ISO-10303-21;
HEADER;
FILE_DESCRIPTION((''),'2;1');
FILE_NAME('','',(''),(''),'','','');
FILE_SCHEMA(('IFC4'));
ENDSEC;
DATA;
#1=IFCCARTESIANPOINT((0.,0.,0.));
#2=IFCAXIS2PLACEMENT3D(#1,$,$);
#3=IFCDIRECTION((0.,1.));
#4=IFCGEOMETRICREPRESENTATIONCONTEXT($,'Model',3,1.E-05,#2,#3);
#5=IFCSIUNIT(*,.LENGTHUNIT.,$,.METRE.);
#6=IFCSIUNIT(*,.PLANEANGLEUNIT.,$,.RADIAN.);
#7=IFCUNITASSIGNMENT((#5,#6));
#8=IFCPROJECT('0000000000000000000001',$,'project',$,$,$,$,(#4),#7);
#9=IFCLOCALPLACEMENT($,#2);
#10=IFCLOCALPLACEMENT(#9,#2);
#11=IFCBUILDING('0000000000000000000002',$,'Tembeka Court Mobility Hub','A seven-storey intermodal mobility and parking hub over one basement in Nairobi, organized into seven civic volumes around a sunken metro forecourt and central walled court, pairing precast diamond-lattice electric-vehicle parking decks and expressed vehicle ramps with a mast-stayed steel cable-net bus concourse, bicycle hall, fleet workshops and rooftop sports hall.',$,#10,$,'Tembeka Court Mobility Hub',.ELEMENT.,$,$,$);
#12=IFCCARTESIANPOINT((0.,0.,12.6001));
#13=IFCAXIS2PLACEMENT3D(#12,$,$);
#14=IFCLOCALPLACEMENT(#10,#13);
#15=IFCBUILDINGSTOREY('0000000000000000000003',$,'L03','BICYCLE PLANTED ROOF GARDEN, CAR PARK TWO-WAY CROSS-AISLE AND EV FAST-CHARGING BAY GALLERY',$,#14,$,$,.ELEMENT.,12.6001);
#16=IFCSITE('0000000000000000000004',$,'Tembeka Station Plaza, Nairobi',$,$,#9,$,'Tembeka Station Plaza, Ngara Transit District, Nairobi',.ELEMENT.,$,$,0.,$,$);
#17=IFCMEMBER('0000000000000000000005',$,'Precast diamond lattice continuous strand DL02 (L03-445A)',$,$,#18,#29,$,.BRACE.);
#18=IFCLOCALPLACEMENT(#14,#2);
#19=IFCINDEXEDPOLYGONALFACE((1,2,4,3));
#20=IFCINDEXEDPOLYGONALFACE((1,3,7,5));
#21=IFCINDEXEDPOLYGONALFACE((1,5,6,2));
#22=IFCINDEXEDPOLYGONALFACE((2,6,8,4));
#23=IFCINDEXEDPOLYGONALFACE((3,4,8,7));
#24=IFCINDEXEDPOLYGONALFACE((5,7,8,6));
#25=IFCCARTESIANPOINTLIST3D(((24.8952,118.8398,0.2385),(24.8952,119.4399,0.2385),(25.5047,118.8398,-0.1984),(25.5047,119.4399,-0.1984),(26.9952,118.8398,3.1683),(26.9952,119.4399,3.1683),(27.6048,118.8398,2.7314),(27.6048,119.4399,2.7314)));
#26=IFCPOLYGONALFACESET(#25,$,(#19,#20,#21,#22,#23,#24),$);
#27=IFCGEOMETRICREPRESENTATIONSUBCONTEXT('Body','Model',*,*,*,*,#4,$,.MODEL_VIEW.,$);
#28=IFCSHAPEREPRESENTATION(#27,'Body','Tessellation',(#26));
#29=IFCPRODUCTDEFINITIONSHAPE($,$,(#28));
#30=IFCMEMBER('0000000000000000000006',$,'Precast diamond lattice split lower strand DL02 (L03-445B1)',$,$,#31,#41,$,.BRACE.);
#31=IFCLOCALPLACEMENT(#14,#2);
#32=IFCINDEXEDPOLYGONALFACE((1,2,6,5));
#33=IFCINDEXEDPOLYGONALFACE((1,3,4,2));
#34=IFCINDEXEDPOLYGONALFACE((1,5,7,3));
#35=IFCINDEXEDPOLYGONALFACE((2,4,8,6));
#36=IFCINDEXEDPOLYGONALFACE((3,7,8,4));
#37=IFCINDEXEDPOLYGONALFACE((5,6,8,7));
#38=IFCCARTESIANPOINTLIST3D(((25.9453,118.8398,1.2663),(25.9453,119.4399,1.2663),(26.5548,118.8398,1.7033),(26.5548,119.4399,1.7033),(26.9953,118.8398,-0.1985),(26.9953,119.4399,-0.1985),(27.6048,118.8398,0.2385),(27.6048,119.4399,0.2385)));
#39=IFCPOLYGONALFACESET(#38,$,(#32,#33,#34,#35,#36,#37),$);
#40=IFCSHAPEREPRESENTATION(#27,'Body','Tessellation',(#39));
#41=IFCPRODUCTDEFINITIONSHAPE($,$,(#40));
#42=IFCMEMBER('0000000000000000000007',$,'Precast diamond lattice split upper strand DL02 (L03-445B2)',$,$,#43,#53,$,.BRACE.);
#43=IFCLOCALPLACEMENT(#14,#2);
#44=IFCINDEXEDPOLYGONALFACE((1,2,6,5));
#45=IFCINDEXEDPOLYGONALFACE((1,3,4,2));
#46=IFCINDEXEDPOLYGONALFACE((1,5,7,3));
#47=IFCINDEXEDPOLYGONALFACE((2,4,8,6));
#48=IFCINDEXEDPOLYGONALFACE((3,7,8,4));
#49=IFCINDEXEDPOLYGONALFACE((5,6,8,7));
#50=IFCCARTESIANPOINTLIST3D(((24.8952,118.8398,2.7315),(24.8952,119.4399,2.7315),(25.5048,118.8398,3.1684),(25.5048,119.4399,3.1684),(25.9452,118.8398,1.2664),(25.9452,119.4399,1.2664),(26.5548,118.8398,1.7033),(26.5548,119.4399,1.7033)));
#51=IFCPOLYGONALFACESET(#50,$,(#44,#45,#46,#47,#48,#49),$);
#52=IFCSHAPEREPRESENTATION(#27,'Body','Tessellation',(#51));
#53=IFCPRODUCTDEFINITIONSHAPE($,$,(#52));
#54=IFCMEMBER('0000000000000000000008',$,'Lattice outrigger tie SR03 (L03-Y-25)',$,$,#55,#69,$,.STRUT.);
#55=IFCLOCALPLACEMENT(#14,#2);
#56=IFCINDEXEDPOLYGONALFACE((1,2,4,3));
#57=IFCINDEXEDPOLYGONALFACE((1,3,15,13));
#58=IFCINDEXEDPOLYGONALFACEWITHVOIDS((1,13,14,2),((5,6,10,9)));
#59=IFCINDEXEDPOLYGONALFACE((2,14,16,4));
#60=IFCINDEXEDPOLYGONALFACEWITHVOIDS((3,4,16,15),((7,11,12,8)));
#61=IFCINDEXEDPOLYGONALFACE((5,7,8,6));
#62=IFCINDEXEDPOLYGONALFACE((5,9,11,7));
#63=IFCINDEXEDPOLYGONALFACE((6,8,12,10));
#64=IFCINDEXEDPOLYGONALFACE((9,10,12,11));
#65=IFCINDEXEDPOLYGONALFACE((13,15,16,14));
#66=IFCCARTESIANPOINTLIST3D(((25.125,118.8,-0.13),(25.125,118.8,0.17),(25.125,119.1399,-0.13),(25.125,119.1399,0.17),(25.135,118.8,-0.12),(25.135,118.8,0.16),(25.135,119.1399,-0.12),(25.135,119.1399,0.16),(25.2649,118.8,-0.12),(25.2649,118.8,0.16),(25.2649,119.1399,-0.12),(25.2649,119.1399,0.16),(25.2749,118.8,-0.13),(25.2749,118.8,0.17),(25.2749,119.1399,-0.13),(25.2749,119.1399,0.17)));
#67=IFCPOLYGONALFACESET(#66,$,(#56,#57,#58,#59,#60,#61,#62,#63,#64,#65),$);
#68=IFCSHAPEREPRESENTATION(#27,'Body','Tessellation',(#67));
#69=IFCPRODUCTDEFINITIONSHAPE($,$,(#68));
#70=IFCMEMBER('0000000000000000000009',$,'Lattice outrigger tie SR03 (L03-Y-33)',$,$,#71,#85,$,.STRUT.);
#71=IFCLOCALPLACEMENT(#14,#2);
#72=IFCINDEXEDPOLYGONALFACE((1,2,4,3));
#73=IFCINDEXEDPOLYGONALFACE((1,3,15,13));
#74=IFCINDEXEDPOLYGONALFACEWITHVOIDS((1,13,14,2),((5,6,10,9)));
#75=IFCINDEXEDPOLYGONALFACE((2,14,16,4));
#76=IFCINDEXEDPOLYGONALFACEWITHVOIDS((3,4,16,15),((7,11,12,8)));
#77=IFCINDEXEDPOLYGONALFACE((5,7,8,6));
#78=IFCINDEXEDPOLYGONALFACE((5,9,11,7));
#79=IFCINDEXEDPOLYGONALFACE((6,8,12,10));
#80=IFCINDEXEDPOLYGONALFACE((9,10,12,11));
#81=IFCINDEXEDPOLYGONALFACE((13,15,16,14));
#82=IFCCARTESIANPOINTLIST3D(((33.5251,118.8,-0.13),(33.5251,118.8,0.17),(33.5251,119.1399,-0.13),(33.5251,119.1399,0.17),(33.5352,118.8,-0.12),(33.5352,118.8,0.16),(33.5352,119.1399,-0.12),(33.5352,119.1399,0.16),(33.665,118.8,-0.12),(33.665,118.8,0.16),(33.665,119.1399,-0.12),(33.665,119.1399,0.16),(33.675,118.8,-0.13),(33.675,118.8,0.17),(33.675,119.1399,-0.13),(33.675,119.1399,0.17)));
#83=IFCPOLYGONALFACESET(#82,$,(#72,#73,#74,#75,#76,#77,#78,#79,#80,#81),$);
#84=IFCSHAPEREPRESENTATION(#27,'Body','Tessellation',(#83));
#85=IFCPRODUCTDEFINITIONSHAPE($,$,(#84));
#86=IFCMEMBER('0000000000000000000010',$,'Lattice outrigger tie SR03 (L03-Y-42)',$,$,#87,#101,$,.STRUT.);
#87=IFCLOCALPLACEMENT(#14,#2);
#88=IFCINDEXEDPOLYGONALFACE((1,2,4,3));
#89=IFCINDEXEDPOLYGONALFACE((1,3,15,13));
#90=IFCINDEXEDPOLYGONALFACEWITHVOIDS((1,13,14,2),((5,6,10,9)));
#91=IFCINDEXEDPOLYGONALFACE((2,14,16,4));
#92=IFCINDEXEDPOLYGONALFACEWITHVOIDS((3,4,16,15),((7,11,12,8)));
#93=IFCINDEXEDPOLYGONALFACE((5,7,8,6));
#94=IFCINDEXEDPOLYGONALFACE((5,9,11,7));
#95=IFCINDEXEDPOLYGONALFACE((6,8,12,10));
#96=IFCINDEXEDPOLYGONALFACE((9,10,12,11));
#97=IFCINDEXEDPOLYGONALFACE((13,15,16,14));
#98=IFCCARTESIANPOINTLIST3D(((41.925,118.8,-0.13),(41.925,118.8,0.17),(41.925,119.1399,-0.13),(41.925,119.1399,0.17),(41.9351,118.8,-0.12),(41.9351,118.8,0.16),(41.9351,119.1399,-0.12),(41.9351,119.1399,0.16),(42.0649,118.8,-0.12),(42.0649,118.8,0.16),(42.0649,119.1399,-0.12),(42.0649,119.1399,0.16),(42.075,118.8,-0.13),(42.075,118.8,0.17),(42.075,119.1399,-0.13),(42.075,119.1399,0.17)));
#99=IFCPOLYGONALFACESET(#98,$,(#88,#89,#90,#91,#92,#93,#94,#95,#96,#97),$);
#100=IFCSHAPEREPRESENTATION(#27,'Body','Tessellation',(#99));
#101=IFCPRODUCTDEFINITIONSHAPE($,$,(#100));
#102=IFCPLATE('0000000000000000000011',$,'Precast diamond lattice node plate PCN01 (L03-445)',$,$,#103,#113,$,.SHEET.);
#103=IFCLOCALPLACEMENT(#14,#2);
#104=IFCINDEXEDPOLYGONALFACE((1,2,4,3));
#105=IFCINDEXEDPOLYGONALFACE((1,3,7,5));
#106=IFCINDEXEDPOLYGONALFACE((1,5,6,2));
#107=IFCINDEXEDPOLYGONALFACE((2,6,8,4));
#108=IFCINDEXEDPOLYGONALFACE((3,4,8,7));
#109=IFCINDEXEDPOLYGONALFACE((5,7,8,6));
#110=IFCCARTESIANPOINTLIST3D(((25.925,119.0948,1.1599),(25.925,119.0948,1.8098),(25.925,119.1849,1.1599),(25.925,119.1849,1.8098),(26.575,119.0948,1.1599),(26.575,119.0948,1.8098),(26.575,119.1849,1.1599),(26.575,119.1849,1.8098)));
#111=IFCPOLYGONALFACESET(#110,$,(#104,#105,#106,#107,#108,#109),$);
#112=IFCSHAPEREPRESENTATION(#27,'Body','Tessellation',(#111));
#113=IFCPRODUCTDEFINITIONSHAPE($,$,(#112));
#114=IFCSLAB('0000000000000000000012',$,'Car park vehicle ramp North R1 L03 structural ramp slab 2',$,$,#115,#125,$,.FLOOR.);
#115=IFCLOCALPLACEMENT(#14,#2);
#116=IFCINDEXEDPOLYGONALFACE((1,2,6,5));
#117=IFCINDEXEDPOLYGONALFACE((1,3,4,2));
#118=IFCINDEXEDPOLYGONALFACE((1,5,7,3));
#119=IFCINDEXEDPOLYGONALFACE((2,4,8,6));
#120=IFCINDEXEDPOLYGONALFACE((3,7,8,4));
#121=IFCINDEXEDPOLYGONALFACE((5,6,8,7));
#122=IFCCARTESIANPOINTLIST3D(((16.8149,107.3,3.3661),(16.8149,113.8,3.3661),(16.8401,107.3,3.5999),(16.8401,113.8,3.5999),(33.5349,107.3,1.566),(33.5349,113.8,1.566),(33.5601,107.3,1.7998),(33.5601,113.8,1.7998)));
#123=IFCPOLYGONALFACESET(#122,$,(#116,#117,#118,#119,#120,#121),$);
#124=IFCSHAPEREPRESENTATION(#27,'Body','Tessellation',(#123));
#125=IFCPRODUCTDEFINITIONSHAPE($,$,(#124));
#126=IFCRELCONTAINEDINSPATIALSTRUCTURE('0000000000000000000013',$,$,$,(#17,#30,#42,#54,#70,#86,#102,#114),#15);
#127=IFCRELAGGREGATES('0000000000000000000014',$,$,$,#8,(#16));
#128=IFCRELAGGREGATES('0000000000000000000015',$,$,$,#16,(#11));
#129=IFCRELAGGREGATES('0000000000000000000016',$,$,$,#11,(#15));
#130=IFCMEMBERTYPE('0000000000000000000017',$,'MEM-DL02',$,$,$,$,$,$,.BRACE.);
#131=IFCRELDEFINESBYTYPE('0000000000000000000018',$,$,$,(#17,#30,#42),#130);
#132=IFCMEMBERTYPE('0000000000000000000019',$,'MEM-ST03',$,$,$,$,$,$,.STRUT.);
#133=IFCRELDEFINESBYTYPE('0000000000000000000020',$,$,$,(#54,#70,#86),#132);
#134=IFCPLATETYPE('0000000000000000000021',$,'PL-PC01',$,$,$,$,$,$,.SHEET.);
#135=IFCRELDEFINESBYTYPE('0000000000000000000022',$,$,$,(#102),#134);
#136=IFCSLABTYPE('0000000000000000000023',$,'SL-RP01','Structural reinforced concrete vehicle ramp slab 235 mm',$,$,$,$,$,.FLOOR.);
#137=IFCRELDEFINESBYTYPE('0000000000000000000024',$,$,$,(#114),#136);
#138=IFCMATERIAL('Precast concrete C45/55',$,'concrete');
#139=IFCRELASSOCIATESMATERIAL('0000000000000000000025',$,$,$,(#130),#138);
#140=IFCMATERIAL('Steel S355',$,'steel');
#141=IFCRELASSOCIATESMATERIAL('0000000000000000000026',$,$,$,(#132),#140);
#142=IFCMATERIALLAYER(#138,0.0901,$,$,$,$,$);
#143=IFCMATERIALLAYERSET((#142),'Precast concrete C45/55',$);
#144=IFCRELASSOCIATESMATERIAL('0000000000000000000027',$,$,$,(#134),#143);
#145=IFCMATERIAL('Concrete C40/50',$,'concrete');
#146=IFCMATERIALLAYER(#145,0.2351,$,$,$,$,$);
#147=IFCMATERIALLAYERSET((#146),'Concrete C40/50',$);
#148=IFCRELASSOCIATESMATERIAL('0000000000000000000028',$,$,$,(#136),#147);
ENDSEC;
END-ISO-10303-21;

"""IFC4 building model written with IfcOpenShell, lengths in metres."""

from ifc_helpers import new_model, si_unit, direction, frame, origin, origin_2d, place, context, subcontext, project, spatial, polyline, rectangle, hollow_rectangle, outline, extrude, material, layer, layer_set, material_profile, profile_set, type_object, element, save


model = new_model("IFC4")

# Units and contexts
model_context = context("Model", 3, precision=1e-05, world=origin(), true_north=direction((0.0, 1.0)))
body_context = subcontext(model_context, "Body", "Model", "MODEL_VIEW")
ifc_project = project(units=[si_unit("LENGTHUNIT", "METRE"), si_unit("PLANEANGLEUNIT", "RADIAN")], contexts=[model_context])

# Site, building, storey
site_placement = place(None, origin())
site = spatial("IfcSite", under=ifc_project, at=site_placement, Name="Tembeka Station Plaza, Nairobi", LongName="Tembeka Station Plaza, Ngara Transit District, Nairobi", CompositionType="ELEMENT", RefElevation=0.0)
building_placement = place(site_placement, origin())
building = spatial("IfcBuilding", under=site, at=building_placement, Name="Tembeka Court Mobility Hub", Description="A seven-storey intermodal mobility and parking hub over one basement in Nairobi, organized into seven civic volumes around a sunken metro forecourt and central walled court, pairing precast diamond-lattice electric-vehicle parking decks and expressed vehicle ramps with a mast-stayed steel cable-net bus concourse, bicycle hall, fleet workshops and rooftop sports hall.", LongName="Tembeka Court Mobility Hub", CompositionType="ELEMENT")
storey_placement = place(building_placement, frame((0.0, 0.0, 12.6001)))
storey = spatial("IfcBuildingStorey", under=building, at=storey_placement, Name="L03", Description="BICYCLE PLANTED ROOF GARDEN, CAR PARK TWO-WAY CROSS-AISLE AND EV FAST-CHARGING BAY GALLERY", CompositionType="ELEMENT", Elevation=12.6001)

# Shared definitions
ifc_material_1 = material(Name="Steel S355", Category="steel")

# Shared definitions
ifc_material_2 = material(Name="Concrete C40/50", Category="concrete")
ifc_material_3 = material(Name="Precast concrete C45/55", Category="concrete")

# Members
ifc_material_profile_1 = material_profile(ifc_material_3, rectangle(XDim=0.6001, YDim=0.75, at=origin_2d()), Name="PC-DIAG 600x750")
ifc_profile_set_1 = profile_set([ifc_material_profile_1], Name="Precast concrete C45/55")
member_type_1 = type_object("IfcMemberType", Name="MEM-DL02", PredefinedType="BRACE", material=ifc_profile_set_1)
member_1_placement = place(storey_placement, frame((25.2, 119.1399, 0.02), z_axis=(0.582576, 0.0, 0.812776), x_axis=(0.0, 1.0, 0.0)))
element("IfcMember", 1, at=member_1_placement, inside=storey, type_object=member_type_1, Name="Precast diamond lattice continuous strand DL02 (L03-445A)", PredefinedType="BRACE", context=body_context, shape_type="SweptSolid", body=[
    extrude(rectangle(XDim=0.6001, YDim=0.75, at=origin_2d()), origin(), (0.0, 0.0, 1.0), 3.6047),
])
member_2_placement = place(storey_placement, frame((27.3, 119.1399, 0.02), z_axis=(-0.582608, 0.0, 0.812753), x_axis=(0.0, -1.0, 0.0)))
element("IfcMember", 2, at=member_2_placement, inside=storey, type_object=member_type_1, Name="Precast diamond lattice split lower strand DL02 (L03-445B1)", PredefinedType="BRACE", context=body_context, shape_type="SweptSolid", body=[
    extrude(rectangle(XDim=0.6001, YDim=0.75, at=origin_2d()), origin(), (0.0, 0.0, 1.0), 1.8022),
])
member_3_placement = place(storey_placement, frame((26.25, 119.1399, 1.4849), z_axis=(-0.582544, 0.0, 0.812799), x_axis=(0.0, -1.0, 0.0)))
element("IfcMember", 3, at=member_3_placement, inside=storey, type_object=member_type_1, Name="Precast diamond lattice split upper strand DL02 (L03-445B2)", PredefinedType="BRACE", context=body_context, shape_type="SweptSolid", body=[
    extrude(rectangle(XDim=0.6001, YDim=0.75, at=origin_2d()), origin(), (0.0, 0.0, 1.0), 1.8025),
])
ifc_material_profile_2 = material_profile(ifc_material_1, hollow_rectangle(XDim=0.1499, YDim=0.3, WallThickness=0.01, at=origin_2d()), Name="RHS 300x150x10")
ifc_profile_set_2 = profile_set([ifc_material_profile_2], Name="Steel S355")
member_type_2 = type_object("IfcMemberType", Name="MEM-ST03", PredefinedType="STRUT", material=ifc_profile_set_2)
for number, where, z_axis, x_axis, name in (
    (4, (25.2, 118.8, 0.02), (0.0, 1.0, 0.0), (-1.0, 0.0, 0.0), "Lattice outrigger tie SR03 (L03-Y-25)"),
    (5, (33.6001, 118.8, 0.02), (0.0, 1.0, 0.0), (-1.0, 0.0, 0.0), "Lattice outrigger tie SR03 (L03-Y-33)"),
    (6, (42.0, 118.8, 0.02), (0.0, 1.0, 0.0), (-1.0, 0.0, 0.0), "Lattice outrigger tie SR03 (L03-Y-42)"),
):
    element("IfcMember", number, at=place(storey_placement, frame(where, z_axis=z_axis, x_axis=x_axis)), inside=storey, type_object=member_type_2, Name=name, PredefinedType="STRUT", context=body_context, shape_type="SweptSolid", body=[
        extrude(hollow_rectangle(XDim=0.1499, YDim=0.3, WallThickness=0.01, at=origin_2d()), origin(), (0.0, 0.0, 1.0), 0.3398),
    ])

# Plate
ifc_layer_1 = layer(ifc_material_3, 0.0901)
ifc_layer_set_1 = layer_set([ifc_layer_1], Name="Precast concrete C45/55")
plate_type = type_object("IfcPlateType", Name="PL-PC01", PredefinedType="SHEET", material=ifc_layer_set_1)
plate_placement = place(storey_placement, frame((26.25, 119.1399, 1.1599), z_axis=(0.0, 0.0, 1.0), x_axis=(1.0, 0.0, 0.0)))
element("IfcPlate", 7, at=plate_placement, inside=storey, type_object=plate_type, Name="Precast diamond lattice node plate PCN01 (L03-445)", PredefinedType="SHEET", context=body_context, shape_type="SweptSolid", body=[
    extrude(rectangle(XDim=0.6499, YDim=0.0901, at=origin_2d()), origin(), (0.0, 0.0, 1.0), 0.6499),
])

# Slab
ifc_layer_2 = layer(ifc_material_2, 0.2351)
ifc_layer_set_2 = layer_set([ifc_layer_2], Name="Concrete C40/50")
slab_type = type_object("IfcSlabType", Name="SL-RP01", Description="Structural reinforced concrete vehicle ramp slab 235 mm", PredefinedType="FLOOR", material=ifc_layer_set_2)
slab_placement = place(storey_placement, frame((33.5601, 107.3, 1.7998), z_axis=(0.10704, 0.0, 0.994255), x_axis=(-0.994255, 0.0, 0.10704)))
element("IfcSlab", 8, at=slab_placement, inside=storey, type_object=slab_type, Name="Car park vehicle ramp North R1 L03 structural ramp slab 2", PredefinedType="FLOOR", context=body_context, shape_type="SweptSolid", body=[
    extrude(outline(polyline([(0.0, 0.0), (16.8166, 0.0), (16.8166, -6.5), (0.0, -6.5), (0.0, 0.0)])), origin(), (0.0, 0.0, -1.0), 0.2351),
])

save(model, "model.ifc")
